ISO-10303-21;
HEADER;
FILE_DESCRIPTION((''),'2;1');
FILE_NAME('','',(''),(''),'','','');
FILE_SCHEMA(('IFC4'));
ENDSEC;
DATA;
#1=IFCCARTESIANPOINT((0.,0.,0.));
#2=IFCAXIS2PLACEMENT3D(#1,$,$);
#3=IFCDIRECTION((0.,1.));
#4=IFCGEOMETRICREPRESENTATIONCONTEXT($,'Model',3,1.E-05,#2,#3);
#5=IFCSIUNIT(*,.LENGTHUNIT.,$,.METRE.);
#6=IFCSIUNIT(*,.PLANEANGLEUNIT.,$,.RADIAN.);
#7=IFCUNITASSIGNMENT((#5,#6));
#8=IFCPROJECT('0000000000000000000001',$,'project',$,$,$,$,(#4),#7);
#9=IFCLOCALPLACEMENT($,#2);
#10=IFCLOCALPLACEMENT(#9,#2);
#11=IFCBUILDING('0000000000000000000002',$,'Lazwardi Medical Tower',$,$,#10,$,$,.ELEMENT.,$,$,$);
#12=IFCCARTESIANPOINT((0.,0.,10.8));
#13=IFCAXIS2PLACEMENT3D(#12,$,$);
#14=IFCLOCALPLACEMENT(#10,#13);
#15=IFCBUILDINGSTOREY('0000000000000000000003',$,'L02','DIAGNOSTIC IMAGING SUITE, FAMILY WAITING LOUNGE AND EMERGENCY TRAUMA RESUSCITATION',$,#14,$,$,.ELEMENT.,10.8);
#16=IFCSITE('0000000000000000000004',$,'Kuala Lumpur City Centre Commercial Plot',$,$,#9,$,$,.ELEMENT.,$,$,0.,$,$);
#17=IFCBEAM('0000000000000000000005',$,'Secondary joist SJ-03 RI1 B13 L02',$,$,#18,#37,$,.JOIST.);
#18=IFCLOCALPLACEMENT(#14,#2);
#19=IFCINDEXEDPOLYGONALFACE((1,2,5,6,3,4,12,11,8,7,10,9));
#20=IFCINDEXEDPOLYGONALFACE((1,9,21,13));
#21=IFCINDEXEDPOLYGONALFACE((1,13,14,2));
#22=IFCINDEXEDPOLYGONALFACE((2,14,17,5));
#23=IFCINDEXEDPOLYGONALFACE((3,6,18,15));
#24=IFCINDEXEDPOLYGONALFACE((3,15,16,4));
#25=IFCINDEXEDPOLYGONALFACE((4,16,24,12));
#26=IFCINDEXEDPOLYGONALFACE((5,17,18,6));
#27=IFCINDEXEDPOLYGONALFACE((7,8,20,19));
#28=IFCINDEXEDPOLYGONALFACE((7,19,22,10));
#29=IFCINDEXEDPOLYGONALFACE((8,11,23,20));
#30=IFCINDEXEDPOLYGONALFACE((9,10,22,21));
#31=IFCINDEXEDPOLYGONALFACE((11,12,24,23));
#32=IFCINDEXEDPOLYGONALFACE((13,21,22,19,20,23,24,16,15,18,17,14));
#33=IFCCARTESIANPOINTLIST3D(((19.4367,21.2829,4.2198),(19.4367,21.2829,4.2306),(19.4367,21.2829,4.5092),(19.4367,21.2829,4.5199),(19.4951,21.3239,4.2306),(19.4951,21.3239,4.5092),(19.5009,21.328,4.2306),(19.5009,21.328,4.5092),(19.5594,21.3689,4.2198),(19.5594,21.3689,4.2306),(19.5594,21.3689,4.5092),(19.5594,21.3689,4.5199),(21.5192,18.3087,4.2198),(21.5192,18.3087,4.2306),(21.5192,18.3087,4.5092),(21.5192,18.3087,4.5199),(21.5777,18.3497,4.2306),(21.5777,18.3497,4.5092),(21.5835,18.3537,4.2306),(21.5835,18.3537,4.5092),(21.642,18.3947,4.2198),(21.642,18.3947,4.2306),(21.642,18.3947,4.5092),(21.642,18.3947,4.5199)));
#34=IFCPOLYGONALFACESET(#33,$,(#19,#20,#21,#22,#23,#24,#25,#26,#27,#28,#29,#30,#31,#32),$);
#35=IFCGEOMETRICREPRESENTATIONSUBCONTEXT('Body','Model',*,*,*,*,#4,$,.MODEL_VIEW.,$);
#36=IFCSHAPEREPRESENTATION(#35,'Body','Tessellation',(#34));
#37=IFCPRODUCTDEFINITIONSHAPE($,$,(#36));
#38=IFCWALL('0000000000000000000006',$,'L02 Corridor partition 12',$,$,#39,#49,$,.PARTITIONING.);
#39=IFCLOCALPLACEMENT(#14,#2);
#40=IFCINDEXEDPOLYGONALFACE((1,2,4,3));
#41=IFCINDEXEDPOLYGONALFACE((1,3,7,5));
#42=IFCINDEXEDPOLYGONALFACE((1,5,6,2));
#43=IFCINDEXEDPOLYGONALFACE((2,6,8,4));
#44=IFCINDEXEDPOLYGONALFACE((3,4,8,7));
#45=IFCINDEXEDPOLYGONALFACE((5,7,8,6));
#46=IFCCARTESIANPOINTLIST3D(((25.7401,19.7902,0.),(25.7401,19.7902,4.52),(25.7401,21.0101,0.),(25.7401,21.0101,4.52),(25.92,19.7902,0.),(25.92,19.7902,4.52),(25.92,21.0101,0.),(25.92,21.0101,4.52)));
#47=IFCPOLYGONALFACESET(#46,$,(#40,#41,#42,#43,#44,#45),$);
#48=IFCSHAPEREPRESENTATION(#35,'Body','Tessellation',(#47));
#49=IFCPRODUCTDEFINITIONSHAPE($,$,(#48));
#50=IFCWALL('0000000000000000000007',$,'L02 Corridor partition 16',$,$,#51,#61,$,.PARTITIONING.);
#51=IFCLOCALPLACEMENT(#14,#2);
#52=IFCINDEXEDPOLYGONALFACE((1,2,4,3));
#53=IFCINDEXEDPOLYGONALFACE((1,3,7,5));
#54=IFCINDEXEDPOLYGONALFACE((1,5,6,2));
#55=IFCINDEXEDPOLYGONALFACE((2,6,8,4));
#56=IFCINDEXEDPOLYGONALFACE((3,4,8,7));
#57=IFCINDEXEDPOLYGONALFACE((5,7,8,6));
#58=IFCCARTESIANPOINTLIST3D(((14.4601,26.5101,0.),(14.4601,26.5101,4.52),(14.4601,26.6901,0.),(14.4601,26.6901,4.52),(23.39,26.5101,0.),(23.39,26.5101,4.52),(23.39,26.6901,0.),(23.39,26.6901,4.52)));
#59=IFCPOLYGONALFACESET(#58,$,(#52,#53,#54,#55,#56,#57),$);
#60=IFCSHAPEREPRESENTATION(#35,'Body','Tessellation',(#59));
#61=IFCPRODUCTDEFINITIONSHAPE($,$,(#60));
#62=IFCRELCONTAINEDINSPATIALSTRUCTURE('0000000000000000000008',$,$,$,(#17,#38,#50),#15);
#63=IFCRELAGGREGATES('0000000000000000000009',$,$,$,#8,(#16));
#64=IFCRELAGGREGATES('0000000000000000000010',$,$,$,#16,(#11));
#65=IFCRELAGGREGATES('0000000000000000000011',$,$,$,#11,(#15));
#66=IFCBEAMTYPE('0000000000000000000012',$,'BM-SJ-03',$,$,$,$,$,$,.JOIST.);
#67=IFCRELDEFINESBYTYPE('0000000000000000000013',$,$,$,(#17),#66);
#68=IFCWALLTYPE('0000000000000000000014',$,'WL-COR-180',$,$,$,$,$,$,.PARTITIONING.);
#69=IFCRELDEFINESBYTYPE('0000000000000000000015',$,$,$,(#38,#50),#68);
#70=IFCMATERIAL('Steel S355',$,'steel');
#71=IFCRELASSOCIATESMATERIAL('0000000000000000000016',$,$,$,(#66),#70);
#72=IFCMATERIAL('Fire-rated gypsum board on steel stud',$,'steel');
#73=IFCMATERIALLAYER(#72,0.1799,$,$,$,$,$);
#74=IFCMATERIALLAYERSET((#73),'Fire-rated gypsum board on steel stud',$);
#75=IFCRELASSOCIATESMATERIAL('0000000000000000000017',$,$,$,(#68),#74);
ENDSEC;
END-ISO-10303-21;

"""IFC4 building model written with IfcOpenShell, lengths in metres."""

from ifc_helpers import new_model, si_unit, direction, frame, frame_2d, origin, origin_2d, place, context, subcontext, project, spatial, rectangle, i_section, extrude, material, layer, layer_set, material_profile, profile_set, type_object, element, save


model = new_model("IFC4")

# Units and contexts
model_context = context("Model", 3, precision=1e-05, world=origin(), true_north=direction((0.0, 1.0)))
body_context = subcontext(model_context, "Body", "Model", "MODEL_VIEW")
ifc_project = project(units=[si_unit("LENGTHUNIT", "METRE"), si_unit("PLANEANGLEUNIT", "RADIAN")], contexts=[model_context])

# Site, building, storey
site_placement = place(None, origin())
site = spatial("IfcSite", under=ifc_project, at=site_placement, Name="Kuala Lumpur City Centre Commercial Plot", CompositionType="ELEMENT", RefElevation=0.0)
building_placement = place(site_placement, origin())
building = spatial("IfcBuilding", under=site, at=building_placement, Name="Lazwardi Medical Tower", CompositionType="ELEMENT")
storey_placement = place(building_placement, frame((0.0, 0.0, 10.8)))
storey = spatial("IfcBuildingStorey", under=building, at=storey_placement, Name="L02", Description="DIAGNOSTIC IMAGING SUITE, FAMILY WAITING LOUNGE AND EMERGENCY TRAUMA RESUSCITATION", CompositionType="ELEMENT", Elevation=10.8)

# Beam
ifc_material_1 = material(Name="Steel S355", Category="steel")
ifc_material_profile = material_profile(ifc_material_1, i_section(OverallWidth=0.1499, OverallDepth=0.3, WebThickness=0.0071, FlangeThickness=0.0107, at=origin_2d()), Name="IPE 300")
ifc_profile_set = profile_set([ifc_material_profile], Name="Steel S355")
beam_type = type_object("IfcBeamType", Name="BM-SJ-03", PredefinedType="JOIST", material=ifc_profile_set)
beam_placement = place(storey_placement, frame((19.498, 21.3259, 4.3699), z_axis=(0.57358, -0.81915, 0.0), x_axis=(0.81915, 0.57358, 0.0)))
element("IfcBeam", 1, at=beam_placement, inside=storey, type_object=beam_type, Name="Secondary joist SJ-03 RI1 B13 L02", PredefinedType="JOIST", context=body_context, shape_type="SweptSolid", body=[
    extrude(i_section(OverallWidth=0.1499, OverallDepth=0.3, WebThickness=0.0071, FlangeThickness=0.0107, at=origin_2d()), origin(), (0.0, 0.0, 1.0), 3.6309),
])

# Walls
ifc_material_2 = material(Name="Fire-rated gypsum board on steel stud", Category="steel")
ifc_layer_1 = layer(ifc_material_2, 0.1799)
ifc_layer_set_1 = layer_set([ifc_layer_1], Name="Fire-rated gypsum board on steel stud")
wall_type_1 = type_object("IfcWallType", Name="WL-COR-180", PredefinedType="PARTITIONING", material=ifc_layer_set_1)
wall_1_placement = place(storey_placement, frame((25.8301, 21.01, 0.0), z_axis=(0.0, 0.0, 1.0), x_axis=(0.0, -1.0, 0.0)))
element("IfcWall", 2, at=wall_1_placement, inside=storey, type_object=wall_type_1, Name="L02 Corridor partition 12", PredefinedType="PARTITIONING", context=body_context, shape_type="SweptSolid", body=[
    extrude(rectangle(XDim=1.22, YDim=0.1799, at=frame_2d((0.6099, 0.0))), origin(), (0.0, 0.0, 1.0), 4.52),
])
wall_2_placement = place(storey_placement, frame((23.3899, 26.6001, 0.0), z_axis=(0.0, 0.0, 1.0), x_axis=(-1.0, 0.0, 0.0)))
element("IfcWall", 3, at=wall_2_placement, inside=storey, type_object=wall_type_1, Name="L02 Corridor partition 16", PredefinedType="PARTITIONING", context=body_context, shape_type="SweptSolid", body=[
    extrude(rectangle(XDim=8.9299, YDim=0.1799, at=frame_2d((4.4648, 0.0))), origin(), (0.0, 0.0, 1.0), 4.52),
])

save(model, "model.ifc")
